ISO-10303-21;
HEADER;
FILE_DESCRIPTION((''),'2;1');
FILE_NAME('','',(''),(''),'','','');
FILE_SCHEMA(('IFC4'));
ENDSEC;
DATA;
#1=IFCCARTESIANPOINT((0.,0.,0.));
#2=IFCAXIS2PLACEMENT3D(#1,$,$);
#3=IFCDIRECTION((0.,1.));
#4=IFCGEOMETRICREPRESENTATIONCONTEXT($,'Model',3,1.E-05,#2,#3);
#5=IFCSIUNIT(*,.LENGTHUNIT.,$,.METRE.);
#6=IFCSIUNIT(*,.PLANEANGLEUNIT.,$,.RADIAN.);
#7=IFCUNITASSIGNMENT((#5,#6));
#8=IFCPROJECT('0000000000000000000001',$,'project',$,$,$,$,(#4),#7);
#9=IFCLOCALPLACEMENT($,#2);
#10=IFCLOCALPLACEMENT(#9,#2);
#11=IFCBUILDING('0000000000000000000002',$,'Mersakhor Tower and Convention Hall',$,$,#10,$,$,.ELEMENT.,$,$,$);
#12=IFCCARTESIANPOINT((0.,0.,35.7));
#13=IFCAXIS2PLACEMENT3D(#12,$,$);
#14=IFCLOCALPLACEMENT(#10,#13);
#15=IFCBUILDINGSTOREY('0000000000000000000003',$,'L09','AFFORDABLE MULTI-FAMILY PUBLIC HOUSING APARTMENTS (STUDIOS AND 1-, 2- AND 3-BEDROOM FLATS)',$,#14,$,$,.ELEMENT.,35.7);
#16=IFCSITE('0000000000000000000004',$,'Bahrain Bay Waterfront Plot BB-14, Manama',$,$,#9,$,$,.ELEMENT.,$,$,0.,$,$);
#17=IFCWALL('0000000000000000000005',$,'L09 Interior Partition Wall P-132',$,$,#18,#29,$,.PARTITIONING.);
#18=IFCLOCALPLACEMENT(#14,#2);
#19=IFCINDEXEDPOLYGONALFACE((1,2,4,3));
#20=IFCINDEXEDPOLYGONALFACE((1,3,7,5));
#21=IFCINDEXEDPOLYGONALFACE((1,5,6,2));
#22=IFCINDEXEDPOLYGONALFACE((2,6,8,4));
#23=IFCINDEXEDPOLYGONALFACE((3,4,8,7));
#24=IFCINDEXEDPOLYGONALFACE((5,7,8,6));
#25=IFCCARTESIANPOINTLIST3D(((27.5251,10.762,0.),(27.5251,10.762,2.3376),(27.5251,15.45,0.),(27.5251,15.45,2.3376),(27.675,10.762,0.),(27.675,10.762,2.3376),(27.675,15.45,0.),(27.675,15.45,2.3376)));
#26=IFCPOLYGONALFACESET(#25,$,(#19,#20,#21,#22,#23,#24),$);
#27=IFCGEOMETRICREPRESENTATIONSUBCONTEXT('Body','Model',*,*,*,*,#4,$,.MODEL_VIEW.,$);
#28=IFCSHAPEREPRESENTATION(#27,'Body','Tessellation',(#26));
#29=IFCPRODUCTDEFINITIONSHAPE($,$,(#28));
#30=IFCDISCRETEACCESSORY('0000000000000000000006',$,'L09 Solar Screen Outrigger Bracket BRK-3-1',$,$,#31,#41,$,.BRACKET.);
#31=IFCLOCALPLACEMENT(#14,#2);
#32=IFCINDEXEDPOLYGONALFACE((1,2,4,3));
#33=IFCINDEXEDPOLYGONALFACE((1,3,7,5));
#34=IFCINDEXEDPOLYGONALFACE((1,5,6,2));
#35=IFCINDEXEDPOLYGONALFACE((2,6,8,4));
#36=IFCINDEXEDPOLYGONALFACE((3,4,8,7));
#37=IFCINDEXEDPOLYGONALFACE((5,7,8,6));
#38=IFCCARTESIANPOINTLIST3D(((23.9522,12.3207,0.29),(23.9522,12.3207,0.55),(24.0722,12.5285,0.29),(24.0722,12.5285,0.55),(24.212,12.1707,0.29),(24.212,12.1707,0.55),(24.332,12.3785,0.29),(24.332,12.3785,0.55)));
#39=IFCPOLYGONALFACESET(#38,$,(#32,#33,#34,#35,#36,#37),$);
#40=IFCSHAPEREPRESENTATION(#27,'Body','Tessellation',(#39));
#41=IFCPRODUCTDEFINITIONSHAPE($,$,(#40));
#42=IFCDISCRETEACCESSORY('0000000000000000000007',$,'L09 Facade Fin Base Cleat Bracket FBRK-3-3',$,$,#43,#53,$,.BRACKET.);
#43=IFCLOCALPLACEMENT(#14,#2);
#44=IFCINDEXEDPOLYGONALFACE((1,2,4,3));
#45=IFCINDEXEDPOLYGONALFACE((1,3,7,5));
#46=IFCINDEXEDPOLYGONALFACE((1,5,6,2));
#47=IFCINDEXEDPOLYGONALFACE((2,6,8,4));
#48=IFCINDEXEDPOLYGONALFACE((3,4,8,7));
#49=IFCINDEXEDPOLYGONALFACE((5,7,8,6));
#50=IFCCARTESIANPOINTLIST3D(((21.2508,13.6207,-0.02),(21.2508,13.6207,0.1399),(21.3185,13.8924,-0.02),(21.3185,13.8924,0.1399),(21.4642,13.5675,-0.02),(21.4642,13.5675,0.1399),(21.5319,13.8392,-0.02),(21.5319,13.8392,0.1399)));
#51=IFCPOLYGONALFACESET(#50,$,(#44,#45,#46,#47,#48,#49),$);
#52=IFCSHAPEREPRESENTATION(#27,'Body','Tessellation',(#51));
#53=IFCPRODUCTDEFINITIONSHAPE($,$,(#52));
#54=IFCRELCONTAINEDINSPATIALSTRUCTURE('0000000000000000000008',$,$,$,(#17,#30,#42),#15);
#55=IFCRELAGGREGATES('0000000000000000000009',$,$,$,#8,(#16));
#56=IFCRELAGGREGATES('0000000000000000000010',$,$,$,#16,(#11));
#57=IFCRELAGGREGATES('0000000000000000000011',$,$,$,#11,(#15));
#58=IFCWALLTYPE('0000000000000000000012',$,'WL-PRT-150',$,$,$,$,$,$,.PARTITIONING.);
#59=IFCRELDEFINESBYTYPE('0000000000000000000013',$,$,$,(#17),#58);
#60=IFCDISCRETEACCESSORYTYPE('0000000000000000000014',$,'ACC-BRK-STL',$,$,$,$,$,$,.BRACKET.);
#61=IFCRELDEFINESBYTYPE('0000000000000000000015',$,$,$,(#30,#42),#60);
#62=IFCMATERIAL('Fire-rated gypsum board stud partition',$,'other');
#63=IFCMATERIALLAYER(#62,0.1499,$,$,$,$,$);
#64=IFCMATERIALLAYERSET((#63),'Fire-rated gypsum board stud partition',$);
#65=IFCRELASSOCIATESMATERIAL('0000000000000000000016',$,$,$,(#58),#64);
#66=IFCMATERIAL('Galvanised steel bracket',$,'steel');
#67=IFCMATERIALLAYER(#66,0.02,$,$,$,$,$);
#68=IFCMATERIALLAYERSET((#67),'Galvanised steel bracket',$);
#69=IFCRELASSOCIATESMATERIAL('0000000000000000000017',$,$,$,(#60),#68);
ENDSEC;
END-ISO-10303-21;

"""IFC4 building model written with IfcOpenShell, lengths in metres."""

from ifc_helpers import new_model, si_unit, direction, frame, frame_2d, origin, origin_2d, place, context, subcontext, project, spatial, rectangle, extrude, material, layer, layer_set, type_object, element, save


model = new_model("IFC4")

# Units and contexts
model_context = context("Model", 3, precision=1e-05, world=origin(), true_north=direction((0.0, 1.0)))
body_context = subcontext(model_context, "Body", "Model", "MODEL_VIEW")
ifc_project = project(units=[si_unit("LENGTHUNIT", "METRE"), si_unit("PLANEANGLEUNIT", "RADIAN")], contexts=[model_context])

# Site, building, storey
site_placement = place(None, origin())
site = spatial("IfcSite", under=ifc_project, at=site_placement, Name="Bahrain Bay Waterfront Plot BB-14, Manama", CompositionType="ELEMENT", RefElevation=0.0)
building_placement = place(site_placement, origin())
building = spatial("IfcBuilding", under=site, at=building_placement, Name="Mersakhor Tower and Convention Hall", CompositionType="ELEMENT")
storey_placement = place(building_placement, frame((0.0, 0.0, 35.7)))
storey = spatial("IfcBuildingStorey", under=building, at=storey_placement, Name="L09", Description="AFFORDABLE MULTI-FAMILY PUBLIC HOUSING APARTMENTS (STUDIOS AND 1-, 2- AND 3-BEDROOM FLATS)", CompositionType="ELEMENT", Elevation=35.7)

# Wall
ifc_material_1 = material(Name="Fire-rated gypsum board stud partition", Category="other")
ifc_layer_1 = layer(ifc_material_1, 0.1499)
ifc_layer_set_1 = layer_set([ifc_layer_1], Name="Fire-rated gypsum board stud partition")
wall_type_1 = type_object("IfcWallType", Name="WL-PRT-150", PredefinedType="PARTITIONING", material=ifc_layer_set_1)
wall_1_placement = place(storey_placement, frame((27.6001, 15.45, 0.0), z_axis=(0.0, 0.0, 1.0), x_axis=(0.0, -1.0, 0.0)))
element("IfcWall", 1, at=wall_1_placement, inside=storey, type_object=wall_type_1, Name="L09 Interior Partition Wall P-132", PredefinedType="PARTITIONING", context=body_context, shape_type="SweptSolid", body=[
    extrude(rectangle(XDim=4.688, YDim=0.1499, at=frame_2d((2.344, 0.0))), origin(), (0.0, 0.0, 1.0), 2.3376),
])

# Discrete accessories
ifc_material_2 = material(Name="Galvanised steel bracket", Category="steel")
ifc_layer_2 = layer(ifc_material_2, 0.02)
ifc_layer_set_2 = layer_set([ifc_layer_2], Name="Galvanised steel bracket")
discrete_accessory_type = type_object("IfcDiscreteAccessoryType", Name="ACC-BRK-STL", PredefinedType="BRACKET", material=ifc_layer_set_2)
discrete_accessory_1_placement = place(storey_placement, frame((24.1421, 12.3496, 0.29), z_axis=(0.0, 0.0, 1.0), x_axis=(-0.866025, 0.5, 0.0)))
element("IfcDiscreteAccessory", 2, at=discrete_accessory_1_placement, inside=storey, type_object=discrete_accessory_type, Name="L09 Solar Screen Outrigger Bracket BRK-3-1", PredefinedType="BRACKET", context=body_context, shape_type="SweptSolid", body=[
    extrude(rectangle(XDim=0.3, YDim=0.24, at=origin_2d()), origin(), (0.0, 0.0, 1.0), 0.26),
])
discrete_accessory_2_placement = place(storey_placement, frame((21.3914, 13.73, -0.02), z_axis=(0.0, 0.0, 1.0), x_axis=(-0.241922, -0.970296, 0.0)))
element("IfcDiscreteAccessory", 3, at=discrete_accessory_2_placement, inside=storey, type_object=discrete_accessory_type, Name="L09 Facade Fin Base Cleat Bracket FBRK-3-3", PredefinedType="BRACKET", context=body_context, shape_type="SweptSolid", body=[
    extrude(rectangle(XDim=0.28, YDim=0.22, at=origin_2d()), origin(), (0.0, 0.0, 1.0), 0.1599),
])

save(model, "model.ifc")
